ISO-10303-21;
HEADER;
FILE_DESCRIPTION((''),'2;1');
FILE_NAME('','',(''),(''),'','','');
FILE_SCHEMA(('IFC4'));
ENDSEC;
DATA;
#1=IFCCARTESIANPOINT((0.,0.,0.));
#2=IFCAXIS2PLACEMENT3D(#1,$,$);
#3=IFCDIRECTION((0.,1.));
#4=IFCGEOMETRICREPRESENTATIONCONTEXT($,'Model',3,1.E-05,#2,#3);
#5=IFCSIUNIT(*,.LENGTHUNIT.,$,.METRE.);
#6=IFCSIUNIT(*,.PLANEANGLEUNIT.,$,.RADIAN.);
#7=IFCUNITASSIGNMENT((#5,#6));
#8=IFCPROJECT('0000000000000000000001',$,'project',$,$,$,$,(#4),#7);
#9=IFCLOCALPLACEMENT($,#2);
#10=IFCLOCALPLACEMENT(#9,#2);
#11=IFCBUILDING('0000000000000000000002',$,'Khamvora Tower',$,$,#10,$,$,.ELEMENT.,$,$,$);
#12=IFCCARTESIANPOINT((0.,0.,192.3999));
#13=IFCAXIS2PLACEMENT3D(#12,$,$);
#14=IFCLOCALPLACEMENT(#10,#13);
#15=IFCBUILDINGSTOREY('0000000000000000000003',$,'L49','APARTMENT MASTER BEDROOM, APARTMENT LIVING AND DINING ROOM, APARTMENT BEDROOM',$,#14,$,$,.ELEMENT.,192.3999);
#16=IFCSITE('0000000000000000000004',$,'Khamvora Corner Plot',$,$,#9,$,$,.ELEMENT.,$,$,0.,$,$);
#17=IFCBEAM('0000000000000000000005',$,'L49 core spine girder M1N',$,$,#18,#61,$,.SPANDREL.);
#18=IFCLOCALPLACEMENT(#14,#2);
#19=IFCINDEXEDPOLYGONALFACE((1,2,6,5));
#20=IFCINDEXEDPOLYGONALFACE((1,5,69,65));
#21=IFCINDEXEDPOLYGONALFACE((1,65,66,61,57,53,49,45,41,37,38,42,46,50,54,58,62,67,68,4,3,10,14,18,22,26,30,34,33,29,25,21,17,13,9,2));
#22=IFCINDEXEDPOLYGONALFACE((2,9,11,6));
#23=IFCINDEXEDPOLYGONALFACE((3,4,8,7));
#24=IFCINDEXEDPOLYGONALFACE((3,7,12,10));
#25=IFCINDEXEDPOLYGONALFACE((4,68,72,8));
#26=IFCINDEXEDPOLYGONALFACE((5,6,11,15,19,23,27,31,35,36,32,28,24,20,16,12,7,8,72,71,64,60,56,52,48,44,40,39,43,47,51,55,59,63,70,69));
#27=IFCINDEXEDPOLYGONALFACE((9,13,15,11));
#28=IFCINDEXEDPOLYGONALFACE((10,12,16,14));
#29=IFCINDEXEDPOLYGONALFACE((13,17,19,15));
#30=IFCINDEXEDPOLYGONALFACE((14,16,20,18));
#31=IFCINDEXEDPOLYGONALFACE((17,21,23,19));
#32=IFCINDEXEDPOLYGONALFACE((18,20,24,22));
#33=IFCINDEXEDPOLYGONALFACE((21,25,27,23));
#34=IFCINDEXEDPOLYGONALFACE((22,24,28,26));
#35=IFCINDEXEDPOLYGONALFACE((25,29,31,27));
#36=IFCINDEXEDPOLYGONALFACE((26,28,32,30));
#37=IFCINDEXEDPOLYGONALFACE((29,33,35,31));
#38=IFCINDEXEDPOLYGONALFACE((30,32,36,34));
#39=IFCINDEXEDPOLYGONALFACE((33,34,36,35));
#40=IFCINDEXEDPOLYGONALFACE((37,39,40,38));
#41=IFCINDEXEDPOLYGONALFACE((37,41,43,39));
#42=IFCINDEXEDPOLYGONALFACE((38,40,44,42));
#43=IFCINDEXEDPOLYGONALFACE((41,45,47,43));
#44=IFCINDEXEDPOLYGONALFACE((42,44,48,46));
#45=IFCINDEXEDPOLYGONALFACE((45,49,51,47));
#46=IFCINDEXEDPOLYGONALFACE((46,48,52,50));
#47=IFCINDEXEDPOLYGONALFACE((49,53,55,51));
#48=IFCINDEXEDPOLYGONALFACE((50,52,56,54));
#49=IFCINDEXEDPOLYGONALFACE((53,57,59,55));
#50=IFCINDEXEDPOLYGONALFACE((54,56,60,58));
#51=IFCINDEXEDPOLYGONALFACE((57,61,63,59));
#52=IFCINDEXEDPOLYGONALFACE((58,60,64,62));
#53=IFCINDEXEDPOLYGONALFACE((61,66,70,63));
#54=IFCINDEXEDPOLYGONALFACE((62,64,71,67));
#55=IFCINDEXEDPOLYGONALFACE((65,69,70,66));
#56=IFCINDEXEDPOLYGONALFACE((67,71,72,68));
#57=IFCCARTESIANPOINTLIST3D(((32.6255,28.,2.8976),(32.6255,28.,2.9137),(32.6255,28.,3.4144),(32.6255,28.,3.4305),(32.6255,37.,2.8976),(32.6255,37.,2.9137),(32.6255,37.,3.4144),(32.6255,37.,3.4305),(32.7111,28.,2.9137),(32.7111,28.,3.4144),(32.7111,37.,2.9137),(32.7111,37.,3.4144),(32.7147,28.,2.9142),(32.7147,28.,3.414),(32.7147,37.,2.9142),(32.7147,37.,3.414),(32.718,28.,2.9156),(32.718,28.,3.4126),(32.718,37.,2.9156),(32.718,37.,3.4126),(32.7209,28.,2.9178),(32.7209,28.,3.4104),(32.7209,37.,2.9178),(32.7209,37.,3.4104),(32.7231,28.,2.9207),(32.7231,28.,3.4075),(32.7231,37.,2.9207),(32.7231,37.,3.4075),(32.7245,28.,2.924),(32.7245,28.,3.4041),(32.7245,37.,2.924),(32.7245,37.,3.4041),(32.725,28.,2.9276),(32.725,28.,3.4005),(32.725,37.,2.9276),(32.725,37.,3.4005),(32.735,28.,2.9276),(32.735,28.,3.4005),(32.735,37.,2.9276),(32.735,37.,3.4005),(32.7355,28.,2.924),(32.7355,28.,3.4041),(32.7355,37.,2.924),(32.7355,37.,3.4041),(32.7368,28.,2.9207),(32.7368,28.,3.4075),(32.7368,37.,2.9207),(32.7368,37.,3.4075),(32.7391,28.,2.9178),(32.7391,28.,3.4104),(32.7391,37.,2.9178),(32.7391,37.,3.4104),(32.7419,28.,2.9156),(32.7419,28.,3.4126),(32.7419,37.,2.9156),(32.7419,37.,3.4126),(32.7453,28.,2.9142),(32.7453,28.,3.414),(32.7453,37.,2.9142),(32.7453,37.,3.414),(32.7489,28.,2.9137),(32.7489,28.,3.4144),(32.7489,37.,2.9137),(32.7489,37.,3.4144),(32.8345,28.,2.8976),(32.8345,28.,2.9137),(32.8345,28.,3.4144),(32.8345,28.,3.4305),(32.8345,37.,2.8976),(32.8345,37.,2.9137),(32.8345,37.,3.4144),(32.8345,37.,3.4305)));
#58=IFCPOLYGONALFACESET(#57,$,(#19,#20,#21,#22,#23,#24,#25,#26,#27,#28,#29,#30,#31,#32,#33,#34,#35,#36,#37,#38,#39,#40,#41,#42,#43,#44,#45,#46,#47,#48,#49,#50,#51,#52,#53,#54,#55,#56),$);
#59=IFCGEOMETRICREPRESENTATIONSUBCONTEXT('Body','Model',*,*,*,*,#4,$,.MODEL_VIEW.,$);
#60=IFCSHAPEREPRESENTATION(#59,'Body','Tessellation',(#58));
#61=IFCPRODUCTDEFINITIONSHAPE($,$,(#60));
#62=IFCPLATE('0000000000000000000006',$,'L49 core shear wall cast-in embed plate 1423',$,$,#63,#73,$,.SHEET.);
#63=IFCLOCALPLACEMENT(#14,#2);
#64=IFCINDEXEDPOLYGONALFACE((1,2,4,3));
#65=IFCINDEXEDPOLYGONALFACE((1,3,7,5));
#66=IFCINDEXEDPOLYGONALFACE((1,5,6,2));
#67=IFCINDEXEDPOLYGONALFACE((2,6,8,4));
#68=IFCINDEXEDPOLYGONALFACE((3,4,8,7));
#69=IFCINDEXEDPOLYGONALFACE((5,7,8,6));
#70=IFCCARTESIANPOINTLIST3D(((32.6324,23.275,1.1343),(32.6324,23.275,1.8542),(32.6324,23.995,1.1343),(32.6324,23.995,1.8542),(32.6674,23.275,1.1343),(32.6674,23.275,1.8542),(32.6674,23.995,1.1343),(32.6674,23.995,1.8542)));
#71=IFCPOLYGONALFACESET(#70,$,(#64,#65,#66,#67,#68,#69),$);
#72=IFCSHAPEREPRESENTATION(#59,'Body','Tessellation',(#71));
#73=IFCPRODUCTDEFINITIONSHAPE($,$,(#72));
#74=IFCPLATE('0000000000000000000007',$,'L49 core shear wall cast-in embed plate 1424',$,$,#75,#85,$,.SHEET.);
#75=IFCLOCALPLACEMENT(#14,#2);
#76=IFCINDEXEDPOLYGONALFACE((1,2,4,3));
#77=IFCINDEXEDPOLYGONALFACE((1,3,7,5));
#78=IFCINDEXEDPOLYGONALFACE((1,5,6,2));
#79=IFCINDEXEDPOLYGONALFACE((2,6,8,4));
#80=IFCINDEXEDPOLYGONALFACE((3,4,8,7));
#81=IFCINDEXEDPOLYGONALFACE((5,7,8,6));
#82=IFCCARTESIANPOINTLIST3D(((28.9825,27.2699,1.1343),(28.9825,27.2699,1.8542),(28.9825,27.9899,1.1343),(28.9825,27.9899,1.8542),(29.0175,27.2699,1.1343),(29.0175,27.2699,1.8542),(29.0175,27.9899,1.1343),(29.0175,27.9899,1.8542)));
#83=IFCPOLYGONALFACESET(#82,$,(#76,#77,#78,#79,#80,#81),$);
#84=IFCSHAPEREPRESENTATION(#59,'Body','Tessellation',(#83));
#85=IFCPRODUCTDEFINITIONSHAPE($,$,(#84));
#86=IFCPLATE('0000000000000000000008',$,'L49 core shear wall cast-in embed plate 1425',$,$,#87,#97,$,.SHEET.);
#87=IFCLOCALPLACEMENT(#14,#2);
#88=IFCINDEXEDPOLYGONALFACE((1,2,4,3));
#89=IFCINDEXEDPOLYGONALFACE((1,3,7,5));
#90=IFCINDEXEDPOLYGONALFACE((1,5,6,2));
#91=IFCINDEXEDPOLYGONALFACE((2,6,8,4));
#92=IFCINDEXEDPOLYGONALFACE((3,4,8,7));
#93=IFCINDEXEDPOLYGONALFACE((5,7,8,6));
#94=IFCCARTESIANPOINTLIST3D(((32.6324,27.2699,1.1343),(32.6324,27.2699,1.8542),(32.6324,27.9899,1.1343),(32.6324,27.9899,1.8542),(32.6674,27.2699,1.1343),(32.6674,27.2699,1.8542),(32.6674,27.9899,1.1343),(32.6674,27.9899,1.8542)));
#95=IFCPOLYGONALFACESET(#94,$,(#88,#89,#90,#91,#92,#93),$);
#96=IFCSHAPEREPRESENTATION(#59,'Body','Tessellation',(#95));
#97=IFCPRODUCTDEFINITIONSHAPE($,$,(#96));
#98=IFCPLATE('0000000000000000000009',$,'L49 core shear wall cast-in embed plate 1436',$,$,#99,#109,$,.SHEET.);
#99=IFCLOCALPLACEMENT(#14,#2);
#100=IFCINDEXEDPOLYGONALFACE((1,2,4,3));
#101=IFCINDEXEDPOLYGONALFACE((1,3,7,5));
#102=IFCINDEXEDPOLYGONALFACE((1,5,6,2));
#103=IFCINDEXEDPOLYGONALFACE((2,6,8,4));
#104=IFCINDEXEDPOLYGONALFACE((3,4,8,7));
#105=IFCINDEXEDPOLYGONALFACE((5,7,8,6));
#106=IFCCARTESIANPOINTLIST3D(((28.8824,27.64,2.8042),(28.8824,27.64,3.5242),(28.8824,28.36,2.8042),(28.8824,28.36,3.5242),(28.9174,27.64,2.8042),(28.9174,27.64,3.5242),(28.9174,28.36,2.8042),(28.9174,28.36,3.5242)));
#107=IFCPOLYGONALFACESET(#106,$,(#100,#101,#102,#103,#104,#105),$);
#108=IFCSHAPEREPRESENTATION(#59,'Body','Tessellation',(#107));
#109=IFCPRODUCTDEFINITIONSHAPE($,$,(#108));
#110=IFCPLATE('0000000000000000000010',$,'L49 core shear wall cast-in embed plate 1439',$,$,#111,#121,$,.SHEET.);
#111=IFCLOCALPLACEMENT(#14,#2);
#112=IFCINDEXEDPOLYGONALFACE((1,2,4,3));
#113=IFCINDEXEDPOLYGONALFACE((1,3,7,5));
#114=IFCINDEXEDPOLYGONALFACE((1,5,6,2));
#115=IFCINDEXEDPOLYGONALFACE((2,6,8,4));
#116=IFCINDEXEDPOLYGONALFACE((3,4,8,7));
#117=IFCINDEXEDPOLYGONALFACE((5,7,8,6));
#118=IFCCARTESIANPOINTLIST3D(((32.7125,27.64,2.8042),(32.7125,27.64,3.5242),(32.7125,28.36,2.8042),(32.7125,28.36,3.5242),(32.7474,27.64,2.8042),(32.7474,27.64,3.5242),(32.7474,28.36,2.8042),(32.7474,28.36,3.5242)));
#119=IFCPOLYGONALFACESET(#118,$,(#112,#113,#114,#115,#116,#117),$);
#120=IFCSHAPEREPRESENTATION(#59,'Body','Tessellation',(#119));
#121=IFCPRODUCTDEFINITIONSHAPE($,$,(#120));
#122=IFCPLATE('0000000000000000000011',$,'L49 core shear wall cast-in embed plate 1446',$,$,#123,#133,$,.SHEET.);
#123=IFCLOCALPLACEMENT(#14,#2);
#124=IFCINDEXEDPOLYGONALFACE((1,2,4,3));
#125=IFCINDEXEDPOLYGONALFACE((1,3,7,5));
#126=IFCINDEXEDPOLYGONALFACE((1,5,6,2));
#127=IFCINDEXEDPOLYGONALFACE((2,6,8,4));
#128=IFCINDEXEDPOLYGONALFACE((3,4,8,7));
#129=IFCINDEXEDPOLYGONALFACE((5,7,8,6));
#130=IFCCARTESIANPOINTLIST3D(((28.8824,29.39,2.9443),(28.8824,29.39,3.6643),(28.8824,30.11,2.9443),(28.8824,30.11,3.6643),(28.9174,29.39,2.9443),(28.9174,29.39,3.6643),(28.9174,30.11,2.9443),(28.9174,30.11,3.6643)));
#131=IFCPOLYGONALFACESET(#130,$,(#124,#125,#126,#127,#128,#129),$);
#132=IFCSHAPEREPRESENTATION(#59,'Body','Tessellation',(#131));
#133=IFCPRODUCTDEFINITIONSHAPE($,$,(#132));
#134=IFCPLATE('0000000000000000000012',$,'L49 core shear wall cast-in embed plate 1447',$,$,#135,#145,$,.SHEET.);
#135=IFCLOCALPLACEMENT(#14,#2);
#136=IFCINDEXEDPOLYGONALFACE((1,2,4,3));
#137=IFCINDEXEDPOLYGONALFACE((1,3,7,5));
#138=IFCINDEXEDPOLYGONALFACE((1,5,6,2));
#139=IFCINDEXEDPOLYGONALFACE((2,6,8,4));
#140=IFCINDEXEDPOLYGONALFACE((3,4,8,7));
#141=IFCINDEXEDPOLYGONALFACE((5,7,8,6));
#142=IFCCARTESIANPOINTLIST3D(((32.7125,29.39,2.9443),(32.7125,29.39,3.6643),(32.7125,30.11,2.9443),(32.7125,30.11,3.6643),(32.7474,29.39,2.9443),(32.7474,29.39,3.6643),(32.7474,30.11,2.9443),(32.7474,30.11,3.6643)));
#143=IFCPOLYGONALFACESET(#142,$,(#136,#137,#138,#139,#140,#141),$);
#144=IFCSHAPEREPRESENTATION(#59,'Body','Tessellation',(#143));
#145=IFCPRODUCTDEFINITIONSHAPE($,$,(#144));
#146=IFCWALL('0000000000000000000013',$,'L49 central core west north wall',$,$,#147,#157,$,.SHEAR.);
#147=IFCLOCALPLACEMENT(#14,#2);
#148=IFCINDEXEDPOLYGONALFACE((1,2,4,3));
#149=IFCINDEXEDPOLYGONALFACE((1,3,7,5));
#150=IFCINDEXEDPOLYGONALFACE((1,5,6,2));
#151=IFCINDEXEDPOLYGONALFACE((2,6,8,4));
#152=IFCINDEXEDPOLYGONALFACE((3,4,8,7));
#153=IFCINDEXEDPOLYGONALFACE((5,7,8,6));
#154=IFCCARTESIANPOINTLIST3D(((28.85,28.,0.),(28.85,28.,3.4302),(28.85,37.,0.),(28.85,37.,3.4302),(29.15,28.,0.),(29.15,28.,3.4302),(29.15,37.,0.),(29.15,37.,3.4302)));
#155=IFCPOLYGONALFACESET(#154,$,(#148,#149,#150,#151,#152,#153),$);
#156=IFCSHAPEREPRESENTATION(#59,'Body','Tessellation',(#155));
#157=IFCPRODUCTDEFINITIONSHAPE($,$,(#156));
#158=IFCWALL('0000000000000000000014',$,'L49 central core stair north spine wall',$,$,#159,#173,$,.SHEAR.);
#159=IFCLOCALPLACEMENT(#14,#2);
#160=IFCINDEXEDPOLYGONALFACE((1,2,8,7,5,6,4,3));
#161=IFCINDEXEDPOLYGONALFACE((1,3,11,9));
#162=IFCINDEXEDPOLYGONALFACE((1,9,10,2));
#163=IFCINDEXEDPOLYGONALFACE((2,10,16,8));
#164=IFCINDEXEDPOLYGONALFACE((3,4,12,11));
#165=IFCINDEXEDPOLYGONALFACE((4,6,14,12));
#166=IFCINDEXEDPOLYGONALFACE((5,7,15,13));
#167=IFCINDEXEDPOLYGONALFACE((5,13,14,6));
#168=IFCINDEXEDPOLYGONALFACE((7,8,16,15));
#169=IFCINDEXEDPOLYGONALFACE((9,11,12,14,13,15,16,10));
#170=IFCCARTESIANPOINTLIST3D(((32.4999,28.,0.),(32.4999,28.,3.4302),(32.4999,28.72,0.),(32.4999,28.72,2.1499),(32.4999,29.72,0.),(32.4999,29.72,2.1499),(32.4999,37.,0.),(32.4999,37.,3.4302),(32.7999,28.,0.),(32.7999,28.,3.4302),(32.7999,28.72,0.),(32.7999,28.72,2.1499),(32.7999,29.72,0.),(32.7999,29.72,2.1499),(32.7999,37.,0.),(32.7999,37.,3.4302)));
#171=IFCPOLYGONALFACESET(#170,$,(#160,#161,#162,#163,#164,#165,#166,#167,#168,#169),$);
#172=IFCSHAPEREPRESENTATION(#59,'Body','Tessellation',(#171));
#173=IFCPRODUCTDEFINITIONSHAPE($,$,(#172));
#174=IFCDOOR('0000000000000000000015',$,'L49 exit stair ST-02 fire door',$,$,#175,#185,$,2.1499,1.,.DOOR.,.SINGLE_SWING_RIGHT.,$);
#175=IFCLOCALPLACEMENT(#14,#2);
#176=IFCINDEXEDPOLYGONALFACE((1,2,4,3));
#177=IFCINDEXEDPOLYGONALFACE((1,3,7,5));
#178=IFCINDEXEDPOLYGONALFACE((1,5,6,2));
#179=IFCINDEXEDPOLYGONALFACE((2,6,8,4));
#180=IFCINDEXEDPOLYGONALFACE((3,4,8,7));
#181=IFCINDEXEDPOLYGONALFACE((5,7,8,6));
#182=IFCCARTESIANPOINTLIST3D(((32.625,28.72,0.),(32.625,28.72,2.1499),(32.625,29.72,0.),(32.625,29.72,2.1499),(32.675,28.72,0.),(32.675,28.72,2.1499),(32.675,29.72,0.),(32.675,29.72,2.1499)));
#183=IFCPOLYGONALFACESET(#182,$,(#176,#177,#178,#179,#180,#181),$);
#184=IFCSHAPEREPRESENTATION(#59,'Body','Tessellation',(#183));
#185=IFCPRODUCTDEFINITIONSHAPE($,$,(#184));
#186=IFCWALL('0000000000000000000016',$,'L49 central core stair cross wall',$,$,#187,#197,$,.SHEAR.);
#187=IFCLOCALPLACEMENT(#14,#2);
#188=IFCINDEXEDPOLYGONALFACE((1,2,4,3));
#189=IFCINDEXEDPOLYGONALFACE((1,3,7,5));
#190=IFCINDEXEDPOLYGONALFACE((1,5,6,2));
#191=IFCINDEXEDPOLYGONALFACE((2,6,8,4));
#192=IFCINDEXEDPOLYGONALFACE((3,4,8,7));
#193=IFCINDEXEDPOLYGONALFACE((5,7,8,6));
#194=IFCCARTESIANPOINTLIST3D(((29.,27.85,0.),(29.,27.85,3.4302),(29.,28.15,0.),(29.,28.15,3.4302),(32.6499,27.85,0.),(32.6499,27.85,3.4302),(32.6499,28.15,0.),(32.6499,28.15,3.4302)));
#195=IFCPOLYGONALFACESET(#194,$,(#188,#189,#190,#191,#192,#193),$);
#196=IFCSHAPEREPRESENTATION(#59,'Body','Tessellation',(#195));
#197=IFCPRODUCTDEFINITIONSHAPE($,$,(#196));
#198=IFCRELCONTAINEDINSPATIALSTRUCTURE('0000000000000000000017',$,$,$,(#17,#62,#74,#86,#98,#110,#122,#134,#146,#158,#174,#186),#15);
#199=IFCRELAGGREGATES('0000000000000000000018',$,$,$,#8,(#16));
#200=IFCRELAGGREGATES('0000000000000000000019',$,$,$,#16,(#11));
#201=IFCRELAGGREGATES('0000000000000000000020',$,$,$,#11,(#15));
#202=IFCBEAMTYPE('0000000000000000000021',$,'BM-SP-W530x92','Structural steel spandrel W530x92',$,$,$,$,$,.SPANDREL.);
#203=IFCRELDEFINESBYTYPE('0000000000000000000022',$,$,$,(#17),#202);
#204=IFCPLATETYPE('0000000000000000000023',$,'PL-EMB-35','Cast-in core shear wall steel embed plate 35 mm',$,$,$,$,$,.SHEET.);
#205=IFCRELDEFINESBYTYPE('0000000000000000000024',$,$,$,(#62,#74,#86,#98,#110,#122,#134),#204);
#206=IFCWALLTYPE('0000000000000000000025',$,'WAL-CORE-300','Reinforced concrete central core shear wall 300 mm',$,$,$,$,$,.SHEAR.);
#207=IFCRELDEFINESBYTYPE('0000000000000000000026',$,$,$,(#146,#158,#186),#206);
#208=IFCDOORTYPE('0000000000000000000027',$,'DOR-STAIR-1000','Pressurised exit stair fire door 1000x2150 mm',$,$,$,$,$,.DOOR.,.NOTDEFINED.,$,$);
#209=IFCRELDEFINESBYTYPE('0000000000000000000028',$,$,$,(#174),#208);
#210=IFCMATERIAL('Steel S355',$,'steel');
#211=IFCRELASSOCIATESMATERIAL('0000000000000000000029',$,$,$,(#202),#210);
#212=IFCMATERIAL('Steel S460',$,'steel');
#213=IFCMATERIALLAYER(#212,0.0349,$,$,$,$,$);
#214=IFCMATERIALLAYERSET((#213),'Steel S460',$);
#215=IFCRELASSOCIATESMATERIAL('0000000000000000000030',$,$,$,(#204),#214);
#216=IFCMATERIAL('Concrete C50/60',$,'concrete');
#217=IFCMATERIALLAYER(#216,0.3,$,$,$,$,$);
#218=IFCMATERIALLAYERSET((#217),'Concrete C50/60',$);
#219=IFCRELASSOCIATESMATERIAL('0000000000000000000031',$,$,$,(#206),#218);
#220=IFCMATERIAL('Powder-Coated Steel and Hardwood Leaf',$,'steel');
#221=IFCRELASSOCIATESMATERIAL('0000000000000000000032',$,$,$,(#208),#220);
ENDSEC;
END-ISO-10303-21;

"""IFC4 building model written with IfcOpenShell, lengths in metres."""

from ifc_helpers import new_model, si_unit, direction, frame, frame_2d, origin, origin_2d, place, context, subcontext, project, spatial, rectangle, i_section, extrude, material, layer, layer_set, material_profile, profile_set, type_object, element, fill, save


model = new_model("IFC4")

# Units and contexts
model_context = context("Model", 3, precision=1e-05, world=origin(), true_north=direction((0.0, 1.0)))
body_context = subcontext(model_context, "Body", "Model", "MODEL_VIEW")
ifc_project = project(units=[si_unit("LENGTHUNIT", "METRE"), si_unit("PLANEANGLEUNIT", "RADIAN")], contexts=[model_context])

# Site, building, storey
site_placement = place(None, origin())
site = spatial("IfcSite", under=ifc_project, at=site_placement, Name="Khamvora Corner Plot", CompositionType="ELEMENT", RefElevation=0.0)
building_placement = place(site_placement, origin())
building = spatial("IfcBuilding", under=site, at=building_placement, Name="Khamvora Tower", CompositionType="ELEMENT")
storey_placement = place(building_placement, frame((0.0, 0.0, 192.3999)))
storey = spatial("IfcBuildingStorey", under=building, at=storey_placement, Name="L49", Description="APARTMENT MASTER BEDROOM, APARTMENT LIVING AND DINING ROOM, APARTMENT BEDROOM", CompositionType="ELEMENT", Elevation=192.3999)

# Shared definitions
ifc_material_1 = material(Name="Steel S460", Category="steel")

# Beam
ifc_material_2 = material(Name="Steel S355", Category="steel")
ifc_material_profile_1 = material_profile(ifc_material_2, i_section(OverallWidth=0.209, OverallDepth=0.533, WebThickness=0.01, FlangeThickness=0.0161, FilletRadius=0.0139, at=origin_2d()), Name="W530x92")
ifc_profile_set_1 = profile_set([ifc_material_profile_1], Name="Steel S355")
beam_type_1 = type_object("IfcBeamType", Name="BM-SP-W530x92", Description="Structural steel spandrel W530x92", PredefinedType="SPANDREL", material=ifc_profile_set_1)
for number, where, z_axis, x_axis, name in (
    (1, (32.73, 28.0, 3.1641), (0.0, 1.0, 0.0), (-1.0, 0.0, 0.0), "L49 core spine girder M1N"),
):
    element("IfcBeam", number, at=place(storey_placement, frame(where, z_axis=z_axis, x_axis=x_axis)), inside=storey, type_object=beam_type_1, Name=name, PredefinedType="SPANDREL", context=body_context, shape_type="SweptSolid", body=[
        extrude(i_section(OverallWidth=0.209, OverallDepth=0.533, WebThickness=0.01, FlangeThickness=0.0161, FilletRadius=0.0139, at=origin_2d()), origin(), (0.0, 0.0, 1.0), 9.0),
    ])

# Plates
ifc_layer_1 = layer(ifc_material_1, 0.0349)
ifc_layer_set_1 = layer_set([ifc_layer_1], Name="Steel S460")
plate_type = type_object("IfcPlateType", Name="PL-EMB-35", Description="Cast-in core shear wall steel embed plate 35 mm", PredefinedType="SHEET", material=ifc_layer_set_1)
for number, where, z_axis, x_axis, name in (
    (2, (32.6499, 23.635, 1.1343), (0.0, 0.0, 1.0), (1.0, 0.0, 0.0), "L49 core shear wall cast-in embed plate 1423"),
    (3, (29.0, 27.6299, 1.1343), (0.0, 0.0, 1.0), (1.0, 0.0, 0.0), "L49 core shear wall cast-in embed plate 1424"),
    (4, (32.6499, 27.6299, 1.1343), (0.0, 0.0, 1.0), (1.0, 0.0, 0.0), "L49 core shear wall cast-in embed plate 1425"),
    (5, (28.8999, 28.0, 2.8042), (0.0, 0.0, 1.0), (1.0, 0.0, 0.0), "L49 core shear wall cast-in embed plate 1436"),
    (6, (32.73, 28.0, 2.8042), (0.0, 0.0, 1.0), (1.0, 0.0, 0.0), "L49 core shear wall cast-in embed plate 1439"),
    (7, (28.8999, 29.75, 2.9443), (0.0, 0.0, 1.0), (1.0, 0.0, 0.0), "L49 core shear wall cast-in embed plate 1446"),
    (8, (32.73, 29.75, 2.9443), (0.0, 0.0, 1.0), (1.0, 0.0, 0.0), "L49 core shear wall cast-in embed plate 1447"),
):
    element("IfcPlate", number, at=place(storey_placement, frame(where, z_axis=z_axis, x_axis=x_axis)), inside=storey, type_object=plate_type, Name=name, PredefinedType="SHEET", context=body_context, shape_type="SweptSolid", body=[
        extrude(rectangle(XDim=0.0349, YDim=0.72, at=origin_2d()), origin(), (0.0, 0.0, 1.0), 0.72),
    ])

# Wall
ifc_material_3 = material(Name="Concrete C50/60", Category="concrete")
ifc_layer_2 = layer(ifc_material_3, 0.3)
ifc_layer_set_2 = layer_set([ifc_layer_2], Name="Concrete C50/60")
wall_type = type_object("IfcWallType", Name="WAL-CORE-300", Description="Reinforced concrete central core shear wall 300 mm", PredefinedType="SHEAR", material=ifc_layer_set_2)
wall_1_placement = place(storey_placement, frame((29.0, 28.0, 0.0), z_axis=(0.0, 0.0, 1.0), x_axis=(0.0, 1.0, 0.0)))
element("IfcWall", 9, at=wall_1_placement, inside=storey, type_object=wall_type, Name="L49 central core west north wall", PredefinedType="SHEAR", context=body_context, shape_type="SweptSolid", body=[
    extrude(rectangle(XDim=9.0, YDim=0.3, at=frame_2d((4.5, 0.0))), origin(), (0.0, 0.0, 1.0), 3.4302),
])

# Wall, opening, door
wall_2_placement = place(storey_placement, frame((32.6499, 28.0, 0.0), z_axis=(0.0, 0.0, 1.0), x_axis=(0.0, 1.0, 0.0)))
wall_2 = element("IfcWall", 10, at=wall_2_placement, inside=storey, type_object=wall_type, Name="L49 central core stair north spine wall", PredefinedType="SHEAR", context=body_context, shape_type="SweptSolid", body=[
    extrude(rectangle(XDim=9.0, YDim=0.3, at=frame_2d((4.5, 0.0))), origin(), (0.0, 0.0, 1.0), 3.4302),
])
opening_1_placement = place(wall_2_placement, frame((0.72, 0.0, 0.0)))
opening_1 = element("IfcOpeningElement", 11, at=opening_1_placement, cuts=wall_2, PredefinedType="OPENING", context=body_context, shape_type="SweptSolid", body=[
    extrude(rectangle(XDim=1.0, YDim=2.1499, at=frame_2d((0.5, 1.075))), frame((0.0, 0.1599, 0.0), z_axis=(0.0, -1.0, 0.0), x_axis=(1.0, 0.0, 0.0)), (0.0, 0.0, 1.0), 0.3201),
])
ifc_material_4 = material(Name="Powder-Coated Steel and Hardwood Leaf", Category="steel")
door_type_1 = type_object("IfcDoorType", Name="DOR-STAIR-1000", Description="Pressurised exit stair fire door 1000x2150 mm", OperationType="NOTDEFINED", PredefinedType="DOOR", material=ifc_material_4)
door_1_placement = place(opening_1_placement, origin())
door_1 = element("IfcDoor", 12, at=door_1_placement, inside=storey, type_object=door_type_1, Name="L49 exit stair ST-02 fire door", OperationType="SINGLE_SWING_RIGHT", OverallHeight=2.1499, OverallWidth=1.0, PredefinedType="DOOR", context=body_context, shape_type="SweptSolid", body=[
    extrude(rectangle(XDim=1.0, YDim=2.1499, at=frame_2d((0.5, 1.075))), frame((0.0, 0.0249, 0.0), z_axis=(0.0, -1.0, 0.0), x_axis=(1.0, 0.0, 0.0)), (0.0, 0.0, 1.0), 0.05),
])
fill(opening_1, door_1)

# Wall
wall_3_placement = place(storey_placement, frame((29.0, 28.0, 0.0), z_axis=(0.0, 0.0, 1.0), x_axis=(1.0, 0.0, 0.0)))
element("IfcWall", 13, at=wall_3_placement, inside=storey, type_object=wall_type, Name="L49 central core stair cross wall", PredefinedType="SHEAR", context=body_context, shape_type="SweptSolid", body=[
    extrude(rectangle(XDim=3.6499, YDim=0.3, at=frame_2d((1.825, 0.0))), origin(), (0.0, 0.0, 1.0), 3.4302),
])

save(model, "model.ifc")
